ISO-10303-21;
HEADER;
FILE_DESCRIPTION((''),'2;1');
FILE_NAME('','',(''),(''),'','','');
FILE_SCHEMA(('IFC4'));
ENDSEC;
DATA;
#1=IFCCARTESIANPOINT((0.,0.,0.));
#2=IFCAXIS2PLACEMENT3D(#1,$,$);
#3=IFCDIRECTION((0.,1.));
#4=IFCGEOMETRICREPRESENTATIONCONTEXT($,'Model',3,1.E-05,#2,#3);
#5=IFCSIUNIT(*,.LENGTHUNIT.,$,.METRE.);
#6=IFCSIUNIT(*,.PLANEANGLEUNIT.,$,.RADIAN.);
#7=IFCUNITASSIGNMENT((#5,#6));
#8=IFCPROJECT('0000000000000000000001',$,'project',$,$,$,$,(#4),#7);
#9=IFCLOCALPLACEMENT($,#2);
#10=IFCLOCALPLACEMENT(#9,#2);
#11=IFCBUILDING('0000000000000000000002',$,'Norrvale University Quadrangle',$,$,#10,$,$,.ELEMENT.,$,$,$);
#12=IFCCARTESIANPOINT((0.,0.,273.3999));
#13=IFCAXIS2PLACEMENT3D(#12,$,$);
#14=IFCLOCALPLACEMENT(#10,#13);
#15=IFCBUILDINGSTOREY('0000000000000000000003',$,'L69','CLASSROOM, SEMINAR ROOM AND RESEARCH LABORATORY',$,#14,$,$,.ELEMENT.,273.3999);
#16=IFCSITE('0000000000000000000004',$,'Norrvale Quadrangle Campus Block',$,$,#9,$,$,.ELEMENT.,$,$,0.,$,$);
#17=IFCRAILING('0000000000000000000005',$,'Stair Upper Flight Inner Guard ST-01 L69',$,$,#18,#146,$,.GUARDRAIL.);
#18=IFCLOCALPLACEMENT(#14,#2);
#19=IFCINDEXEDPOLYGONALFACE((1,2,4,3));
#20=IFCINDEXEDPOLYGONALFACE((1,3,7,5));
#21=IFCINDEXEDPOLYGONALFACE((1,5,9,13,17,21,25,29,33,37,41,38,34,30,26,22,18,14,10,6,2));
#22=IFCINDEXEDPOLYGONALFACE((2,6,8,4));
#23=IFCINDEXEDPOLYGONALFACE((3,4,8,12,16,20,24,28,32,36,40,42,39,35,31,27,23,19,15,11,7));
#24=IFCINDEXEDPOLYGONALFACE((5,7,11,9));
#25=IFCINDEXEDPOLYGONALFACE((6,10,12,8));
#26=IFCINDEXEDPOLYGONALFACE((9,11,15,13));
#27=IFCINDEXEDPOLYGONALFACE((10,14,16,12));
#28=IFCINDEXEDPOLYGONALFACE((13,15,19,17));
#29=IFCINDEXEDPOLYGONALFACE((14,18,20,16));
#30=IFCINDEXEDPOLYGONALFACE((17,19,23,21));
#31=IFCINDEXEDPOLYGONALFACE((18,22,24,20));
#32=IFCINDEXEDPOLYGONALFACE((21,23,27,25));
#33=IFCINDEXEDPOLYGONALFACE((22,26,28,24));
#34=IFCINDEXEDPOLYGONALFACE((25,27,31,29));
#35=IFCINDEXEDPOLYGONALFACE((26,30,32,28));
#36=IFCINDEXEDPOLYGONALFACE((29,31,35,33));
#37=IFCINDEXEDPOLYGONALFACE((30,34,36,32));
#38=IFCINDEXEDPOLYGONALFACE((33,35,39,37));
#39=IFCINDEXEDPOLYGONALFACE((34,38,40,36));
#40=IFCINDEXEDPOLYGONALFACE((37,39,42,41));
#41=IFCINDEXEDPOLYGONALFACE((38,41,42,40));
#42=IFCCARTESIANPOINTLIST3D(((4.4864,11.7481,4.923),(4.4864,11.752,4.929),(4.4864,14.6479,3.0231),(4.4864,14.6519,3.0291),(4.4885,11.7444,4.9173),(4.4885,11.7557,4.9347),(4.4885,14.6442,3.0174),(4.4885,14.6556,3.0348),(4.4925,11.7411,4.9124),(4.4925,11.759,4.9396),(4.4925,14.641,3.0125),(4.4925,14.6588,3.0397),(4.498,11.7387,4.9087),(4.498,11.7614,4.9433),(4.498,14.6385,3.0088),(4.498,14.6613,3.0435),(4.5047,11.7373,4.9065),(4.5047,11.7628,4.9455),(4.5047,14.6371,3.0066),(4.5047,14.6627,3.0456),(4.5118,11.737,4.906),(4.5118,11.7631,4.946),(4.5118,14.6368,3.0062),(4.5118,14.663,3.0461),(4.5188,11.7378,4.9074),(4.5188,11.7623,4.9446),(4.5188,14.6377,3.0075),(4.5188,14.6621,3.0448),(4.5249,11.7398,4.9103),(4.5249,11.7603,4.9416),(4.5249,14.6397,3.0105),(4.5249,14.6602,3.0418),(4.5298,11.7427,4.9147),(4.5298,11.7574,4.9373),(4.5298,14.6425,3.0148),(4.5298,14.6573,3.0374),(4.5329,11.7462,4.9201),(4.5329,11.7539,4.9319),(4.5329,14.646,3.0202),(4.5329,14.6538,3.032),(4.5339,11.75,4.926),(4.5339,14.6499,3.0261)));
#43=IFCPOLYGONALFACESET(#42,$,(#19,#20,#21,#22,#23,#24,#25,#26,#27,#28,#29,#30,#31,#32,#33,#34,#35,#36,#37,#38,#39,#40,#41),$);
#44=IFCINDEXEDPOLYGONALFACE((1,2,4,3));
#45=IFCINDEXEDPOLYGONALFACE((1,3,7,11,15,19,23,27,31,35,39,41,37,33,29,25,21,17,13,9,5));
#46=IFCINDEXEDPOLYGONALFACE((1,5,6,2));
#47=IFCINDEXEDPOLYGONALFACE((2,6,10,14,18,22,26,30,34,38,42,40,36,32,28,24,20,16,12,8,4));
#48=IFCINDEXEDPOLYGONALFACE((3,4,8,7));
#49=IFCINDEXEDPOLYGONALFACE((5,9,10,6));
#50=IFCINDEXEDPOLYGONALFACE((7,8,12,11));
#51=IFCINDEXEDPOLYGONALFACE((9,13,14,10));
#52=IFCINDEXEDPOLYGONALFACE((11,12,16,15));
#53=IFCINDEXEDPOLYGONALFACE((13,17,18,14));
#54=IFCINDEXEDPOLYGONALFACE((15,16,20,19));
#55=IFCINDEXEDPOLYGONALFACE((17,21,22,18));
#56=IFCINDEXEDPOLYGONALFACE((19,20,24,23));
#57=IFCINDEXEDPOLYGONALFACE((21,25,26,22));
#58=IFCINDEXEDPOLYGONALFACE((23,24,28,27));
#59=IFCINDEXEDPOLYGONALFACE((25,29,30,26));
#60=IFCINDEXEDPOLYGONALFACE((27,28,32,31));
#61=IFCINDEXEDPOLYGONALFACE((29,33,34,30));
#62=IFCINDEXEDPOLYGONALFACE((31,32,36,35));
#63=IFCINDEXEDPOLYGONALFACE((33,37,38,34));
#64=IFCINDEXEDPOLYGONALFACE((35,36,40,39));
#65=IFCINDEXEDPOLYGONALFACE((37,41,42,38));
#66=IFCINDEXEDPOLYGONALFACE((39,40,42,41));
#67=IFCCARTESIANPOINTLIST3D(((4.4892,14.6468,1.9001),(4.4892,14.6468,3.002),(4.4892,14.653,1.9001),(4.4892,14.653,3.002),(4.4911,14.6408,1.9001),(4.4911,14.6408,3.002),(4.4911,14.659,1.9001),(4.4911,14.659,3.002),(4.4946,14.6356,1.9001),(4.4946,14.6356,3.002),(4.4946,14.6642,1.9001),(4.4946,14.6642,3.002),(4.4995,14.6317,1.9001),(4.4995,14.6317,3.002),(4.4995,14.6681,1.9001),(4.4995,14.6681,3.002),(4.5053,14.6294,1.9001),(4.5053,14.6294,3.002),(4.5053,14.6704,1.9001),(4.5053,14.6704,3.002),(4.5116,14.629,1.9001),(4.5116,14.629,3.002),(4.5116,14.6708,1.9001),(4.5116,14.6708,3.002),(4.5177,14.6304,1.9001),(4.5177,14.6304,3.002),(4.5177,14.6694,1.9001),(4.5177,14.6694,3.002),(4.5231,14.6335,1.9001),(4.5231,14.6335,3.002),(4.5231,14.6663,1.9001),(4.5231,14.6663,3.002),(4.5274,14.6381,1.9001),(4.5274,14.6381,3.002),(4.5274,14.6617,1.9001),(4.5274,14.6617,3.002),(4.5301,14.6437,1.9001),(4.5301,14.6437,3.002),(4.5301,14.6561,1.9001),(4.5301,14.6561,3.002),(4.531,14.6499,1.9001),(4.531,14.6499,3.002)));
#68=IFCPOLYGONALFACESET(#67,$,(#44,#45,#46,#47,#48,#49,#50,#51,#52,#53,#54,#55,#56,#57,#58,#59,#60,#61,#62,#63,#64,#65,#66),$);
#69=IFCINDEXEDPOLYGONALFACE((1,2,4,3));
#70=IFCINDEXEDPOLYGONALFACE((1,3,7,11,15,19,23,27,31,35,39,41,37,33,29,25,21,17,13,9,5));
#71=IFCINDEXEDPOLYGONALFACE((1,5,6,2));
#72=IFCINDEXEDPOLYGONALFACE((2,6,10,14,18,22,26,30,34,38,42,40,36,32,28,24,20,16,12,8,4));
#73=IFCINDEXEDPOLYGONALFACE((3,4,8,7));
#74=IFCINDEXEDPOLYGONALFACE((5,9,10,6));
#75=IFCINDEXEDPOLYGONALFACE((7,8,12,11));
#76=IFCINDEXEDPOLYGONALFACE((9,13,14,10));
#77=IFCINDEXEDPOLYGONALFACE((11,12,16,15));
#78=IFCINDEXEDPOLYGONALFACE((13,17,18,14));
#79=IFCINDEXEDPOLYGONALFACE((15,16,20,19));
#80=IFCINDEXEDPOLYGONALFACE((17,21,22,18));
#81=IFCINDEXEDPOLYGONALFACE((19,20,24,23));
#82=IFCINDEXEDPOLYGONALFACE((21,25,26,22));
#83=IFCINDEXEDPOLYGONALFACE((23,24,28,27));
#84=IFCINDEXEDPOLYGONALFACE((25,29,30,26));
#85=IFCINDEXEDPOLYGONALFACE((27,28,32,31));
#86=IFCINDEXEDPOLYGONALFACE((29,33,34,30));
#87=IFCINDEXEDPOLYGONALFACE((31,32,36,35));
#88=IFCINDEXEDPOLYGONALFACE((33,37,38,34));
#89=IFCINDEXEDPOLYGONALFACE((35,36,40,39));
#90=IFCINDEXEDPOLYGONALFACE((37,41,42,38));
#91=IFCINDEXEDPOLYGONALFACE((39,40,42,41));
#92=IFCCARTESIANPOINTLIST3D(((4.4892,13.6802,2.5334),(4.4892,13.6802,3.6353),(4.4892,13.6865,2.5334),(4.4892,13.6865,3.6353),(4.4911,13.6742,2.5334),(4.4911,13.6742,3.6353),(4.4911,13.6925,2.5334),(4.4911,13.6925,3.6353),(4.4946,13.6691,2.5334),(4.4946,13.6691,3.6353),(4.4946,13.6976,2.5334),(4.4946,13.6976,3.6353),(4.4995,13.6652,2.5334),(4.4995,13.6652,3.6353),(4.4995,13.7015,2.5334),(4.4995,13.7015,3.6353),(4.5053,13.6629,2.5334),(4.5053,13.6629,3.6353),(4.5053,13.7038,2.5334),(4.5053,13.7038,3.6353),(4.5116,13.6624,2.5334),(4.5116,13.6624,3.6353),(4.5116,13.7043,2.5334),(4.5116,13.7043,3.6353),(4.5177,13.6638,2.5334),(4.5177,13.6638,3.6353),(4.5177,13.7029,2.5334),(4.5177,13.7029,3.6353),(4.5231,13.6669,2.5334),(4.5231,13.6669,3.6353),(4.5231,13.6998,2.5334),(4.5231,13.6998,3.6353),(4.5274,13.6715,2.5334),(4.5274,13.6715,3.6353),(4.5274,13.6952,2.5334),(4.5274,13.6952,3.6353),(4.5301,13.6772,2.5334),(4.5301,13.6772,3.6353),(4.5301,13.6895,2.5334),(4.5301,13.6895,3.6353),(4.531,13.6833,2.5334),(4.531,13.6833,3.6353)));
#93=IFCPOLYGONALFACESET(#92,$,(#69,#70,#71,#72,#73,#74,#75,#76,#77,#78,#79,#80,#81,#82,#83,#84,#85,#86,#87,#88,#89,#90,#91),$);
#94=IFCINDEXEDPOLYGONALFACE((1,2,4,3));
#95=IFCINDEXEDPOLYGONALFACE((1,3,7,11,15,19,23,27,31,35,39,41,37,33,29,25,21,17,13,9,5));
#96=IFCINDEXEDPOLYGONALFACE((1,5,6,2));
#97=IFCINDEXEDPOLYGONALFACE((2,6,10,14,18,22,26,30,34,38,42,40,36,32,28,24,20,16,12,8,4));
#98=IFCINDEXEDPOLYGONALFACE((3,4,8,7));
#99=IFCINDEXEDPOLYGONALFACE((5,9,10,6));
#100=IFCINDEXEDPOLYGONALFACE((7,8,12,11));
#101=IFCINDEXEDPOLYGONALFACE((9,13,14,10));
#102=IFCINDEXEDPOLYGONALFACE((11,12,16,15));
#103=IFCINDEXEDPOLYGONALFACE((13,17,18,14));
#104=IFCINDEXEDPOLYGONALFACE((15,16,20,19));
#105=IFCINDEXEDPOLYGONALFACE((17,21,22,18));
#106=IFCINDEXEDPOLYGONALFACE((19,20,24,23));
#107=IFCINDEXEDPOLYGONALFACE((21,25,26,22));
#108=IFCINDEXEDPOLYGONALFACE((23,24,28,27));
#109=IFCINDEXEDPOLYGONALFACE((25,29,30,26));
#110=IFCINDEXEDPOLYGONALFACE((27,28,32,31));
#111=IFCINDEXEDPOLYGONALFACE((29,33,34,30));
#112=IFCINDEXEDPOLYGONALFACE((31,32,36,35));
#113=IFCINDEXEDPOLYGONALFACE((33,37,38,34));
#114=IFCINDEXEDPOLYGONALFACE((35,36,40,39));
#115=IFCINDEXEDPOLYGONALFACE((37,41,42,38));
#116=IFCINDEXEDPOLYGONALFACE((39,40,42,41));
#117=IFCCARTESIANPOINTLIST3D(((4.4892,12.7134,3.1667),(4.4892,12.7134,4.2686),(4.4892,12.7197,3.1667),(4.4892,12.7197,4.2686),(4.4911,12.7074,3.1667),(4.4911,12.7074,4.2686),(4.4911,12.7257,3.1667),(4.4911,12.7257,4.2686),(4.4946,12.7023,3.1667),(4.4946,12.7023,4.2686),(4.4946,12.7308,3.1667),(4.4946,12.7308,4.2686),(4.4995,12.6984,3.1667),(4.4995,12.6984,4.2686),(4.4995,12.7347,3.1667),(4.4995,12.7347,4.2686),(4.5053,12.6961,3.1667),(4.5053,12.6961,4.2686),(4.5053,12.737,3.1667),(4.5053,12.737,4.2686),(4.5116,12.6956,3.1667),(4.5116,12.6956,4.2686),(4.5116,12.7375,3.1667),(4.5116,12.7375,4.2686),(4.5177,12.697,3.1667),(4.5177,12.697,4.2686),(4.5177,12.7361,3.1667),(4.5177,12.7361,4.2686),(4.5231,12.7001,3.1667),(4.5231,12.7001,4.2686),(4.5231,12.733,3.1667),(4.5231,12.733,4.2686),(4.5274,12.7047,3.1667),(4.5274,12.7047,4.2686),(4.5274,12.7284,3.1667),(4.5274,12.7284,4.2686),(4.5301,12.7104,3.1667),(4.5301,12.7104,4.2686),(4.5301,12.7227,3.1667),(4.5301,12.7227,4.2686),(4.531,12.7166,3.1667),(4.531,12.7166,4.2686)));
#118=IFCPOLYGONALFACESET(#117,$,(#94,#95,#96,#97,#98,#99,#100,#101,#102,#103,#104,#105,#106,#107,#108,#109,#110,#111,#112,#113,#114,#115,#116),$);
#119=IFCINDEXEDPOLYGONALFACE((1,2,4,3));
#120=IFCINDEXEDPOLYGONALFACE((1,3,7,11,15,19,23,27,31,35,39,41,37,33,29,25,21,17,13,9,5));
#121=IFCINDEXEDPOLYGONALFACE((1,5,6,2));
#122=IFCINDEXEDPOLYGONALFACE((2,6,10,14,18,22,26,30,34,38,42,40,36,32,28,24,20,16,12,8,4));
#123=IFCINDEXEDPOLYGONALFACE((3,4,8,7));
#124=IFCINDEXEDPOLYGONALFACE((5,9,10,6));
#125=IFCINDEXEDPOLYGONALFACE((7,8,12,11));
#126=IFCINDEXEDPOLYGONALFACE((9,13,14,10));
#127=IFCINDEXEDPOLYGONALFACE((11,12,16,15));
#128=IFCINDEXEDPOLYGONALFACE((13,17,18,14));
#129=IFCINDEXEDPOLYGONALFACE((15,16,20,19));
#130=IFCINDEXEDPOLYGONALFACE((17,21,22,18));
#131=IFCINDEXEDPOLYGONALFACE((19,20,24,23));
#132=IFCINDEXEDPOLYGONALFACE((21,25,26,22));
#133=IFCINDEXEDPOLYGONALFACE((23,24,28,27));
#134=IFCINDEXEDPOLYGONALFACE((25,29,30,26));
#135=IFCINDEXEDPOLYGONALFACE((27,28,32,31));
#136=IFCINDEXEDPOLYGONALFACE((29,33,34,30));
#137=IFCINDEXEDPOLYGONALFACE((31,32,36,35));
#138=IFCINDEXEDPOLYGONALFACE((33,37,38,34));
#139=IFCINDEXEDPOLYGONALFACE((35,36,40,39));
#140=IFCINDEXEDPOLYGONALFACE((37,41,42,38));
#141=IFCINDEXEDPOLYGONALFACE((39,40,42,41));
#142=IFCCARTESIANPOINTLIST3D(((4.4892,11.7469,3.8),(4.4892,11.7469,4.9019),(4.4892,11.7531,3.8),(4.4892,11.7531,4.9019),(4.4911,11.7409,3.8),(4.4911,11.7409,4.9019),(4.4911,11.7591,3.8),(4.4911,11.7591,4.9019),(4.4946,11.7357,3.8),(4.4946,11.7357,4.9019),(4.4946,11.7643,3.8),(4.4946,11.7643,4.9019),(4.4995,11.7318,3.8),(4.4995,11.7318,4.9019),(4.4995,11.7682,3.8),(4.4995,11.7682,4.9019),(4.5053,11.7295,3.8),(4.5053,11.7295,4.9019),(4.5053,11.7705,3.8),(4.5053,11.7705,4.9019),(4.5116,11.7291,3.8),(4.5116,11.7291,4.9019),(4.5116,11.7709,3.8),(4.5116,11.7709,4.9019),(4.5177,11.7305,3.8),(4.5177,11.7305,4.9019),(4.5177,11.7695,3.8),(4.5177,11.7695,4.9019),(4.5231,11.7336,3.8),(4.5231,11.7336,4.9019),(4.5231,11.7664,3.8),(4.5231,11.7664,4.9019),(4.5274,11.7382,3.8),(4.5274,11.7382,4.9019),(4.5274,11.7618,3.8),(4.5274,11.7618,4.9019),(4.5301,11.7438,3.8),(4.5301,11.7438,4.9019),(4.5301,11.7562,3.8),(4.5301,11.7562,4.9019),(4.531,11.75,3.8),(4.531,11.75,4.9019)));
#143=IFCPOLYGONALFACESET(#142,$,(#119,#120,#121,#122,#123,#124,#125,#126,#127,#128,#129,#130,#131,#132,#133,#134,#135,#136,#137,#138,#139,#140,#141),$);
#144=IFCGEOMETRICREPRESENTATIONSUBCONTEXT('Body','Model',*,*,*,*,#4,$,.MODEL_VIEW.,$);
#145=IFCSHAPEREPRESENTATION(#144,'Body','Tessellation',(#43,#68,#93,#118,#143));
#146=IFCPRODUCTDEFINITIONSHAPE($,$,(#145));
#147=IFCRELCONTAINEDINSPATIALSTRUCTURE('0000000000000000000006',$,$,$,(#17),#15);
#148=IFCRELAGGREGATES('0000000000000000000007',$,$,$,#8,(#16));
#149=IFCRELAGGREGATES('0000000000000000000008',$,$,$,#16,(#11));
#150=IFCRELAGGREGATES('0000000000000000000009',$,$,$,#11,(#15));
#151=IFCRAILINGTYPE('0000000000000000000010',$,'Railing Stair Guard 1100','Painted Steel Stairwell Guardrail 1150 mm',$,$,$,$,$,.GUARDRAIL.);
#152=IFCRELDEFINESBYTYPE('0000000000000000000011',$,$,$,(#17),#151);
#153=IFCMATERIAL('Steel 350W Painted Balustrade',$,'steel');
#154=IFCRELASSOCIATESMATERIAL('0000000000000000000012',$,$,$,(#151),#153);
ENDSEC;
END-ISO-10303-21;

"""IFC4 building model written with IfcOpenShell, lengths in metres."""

from ifc_helpers import new_model, si_unit, direction, frame, origin, origin_2d, place, context, subcontext, project, spatial, circle, extrude, material, type_object, element, save


model = new_model("IFC4")

# Units and contexts
model_context = context("Model", 3, precision=1e-05, world=origin(), true_north=direction((0.0, 1.0)))
body_context = subcontext(model_context, "Body", "Model", "MODEL_VIEW")
ifc_project = project(units=[si_unit("LENGTHUNIT", "METRE"), si_unit("PLANEANGLEUNIT", "RADIAN")], contexts=[model_context])

# Site, building, storey
site_placement = place(None, origin())
site = spatial("IfcSite", under=ifc_project, at=site_placement, Name="Norrvale Quadrangle Campus Block", CompositionType="ELEMENT", RefElevation=0.0)
building_placement = place(site_placement, origin())
building = spatial("IfcBuilding", under=site, at=building_placement, Name="Norrvale University Quadrangle", CompositionType="ELEMENT")
storey_placement = place(building_placement, frame((0.0, 0.0, 273.3999)))
storey = spatial("IfcBuildingStorey", under=building, at=storey_placement, Name="L69", Description="CLASSROOM, SEMINAR ROOM AND RESEARCH LABORATORY", CompositionType="ELEMENT", Elevation=273.3999)

# Railing
ifc_material_1 = material(Name="Steel 350W Painted Balustrade", Category="steel")
railing_type_1 = type_object("IfcRailingType", Name="Railing Stair Guard 1100", Description="Painted Steel Stairwell Guardrail 1150 mm", PredefinedType="GUARDRAIL", material=ifc_material_1)
railing_1_placement = place(storey_placement, frame((4.51, 14.6499, 1.9001)))
element("IfcRailing", 1, at=railing_1_placement, inside=storey, type_object=railing_type_1, Name="Stair Upper Flight Inner Guard ST-01 L69", PredefinedType="GUARDRAIL", context=body_context, shape_type="SweptSolid", body=[
    extrude(circle(Radius=0.0239, at=origin_2d()), frame((0.0, 0.0, 1.126), z_axis=(0.0, -0.836466, 0.548019), x_axis=(1.0, 0.0, 0.0)), (0.0, 0.0, 1.0), 3.4668),
    extrude(circle(Radius=0.021, at=origin_2d()), origin(), (0.0, 0.0, 1.0), 1.1018),
    extrude(circle(Radius=0.021, at=origin_2d()), frame((0.0, -0.9666, 0.6333)), (0.0, 0.0, 1.0), 1.1018),
    extrude(circle(Radius=0.021, at=origin_2d()), frame((0.0, -1.9333, 1.2666)), (0.0, 0.0, 1.0), 1.1018),
    extrude(circle(Radius=0.021, at=origin_2d()), frame((0.0, -2.8999, 1.8999)), (0.0, 0.0, 1.0), 1.1018),
])

save(model, "model.ifc")
